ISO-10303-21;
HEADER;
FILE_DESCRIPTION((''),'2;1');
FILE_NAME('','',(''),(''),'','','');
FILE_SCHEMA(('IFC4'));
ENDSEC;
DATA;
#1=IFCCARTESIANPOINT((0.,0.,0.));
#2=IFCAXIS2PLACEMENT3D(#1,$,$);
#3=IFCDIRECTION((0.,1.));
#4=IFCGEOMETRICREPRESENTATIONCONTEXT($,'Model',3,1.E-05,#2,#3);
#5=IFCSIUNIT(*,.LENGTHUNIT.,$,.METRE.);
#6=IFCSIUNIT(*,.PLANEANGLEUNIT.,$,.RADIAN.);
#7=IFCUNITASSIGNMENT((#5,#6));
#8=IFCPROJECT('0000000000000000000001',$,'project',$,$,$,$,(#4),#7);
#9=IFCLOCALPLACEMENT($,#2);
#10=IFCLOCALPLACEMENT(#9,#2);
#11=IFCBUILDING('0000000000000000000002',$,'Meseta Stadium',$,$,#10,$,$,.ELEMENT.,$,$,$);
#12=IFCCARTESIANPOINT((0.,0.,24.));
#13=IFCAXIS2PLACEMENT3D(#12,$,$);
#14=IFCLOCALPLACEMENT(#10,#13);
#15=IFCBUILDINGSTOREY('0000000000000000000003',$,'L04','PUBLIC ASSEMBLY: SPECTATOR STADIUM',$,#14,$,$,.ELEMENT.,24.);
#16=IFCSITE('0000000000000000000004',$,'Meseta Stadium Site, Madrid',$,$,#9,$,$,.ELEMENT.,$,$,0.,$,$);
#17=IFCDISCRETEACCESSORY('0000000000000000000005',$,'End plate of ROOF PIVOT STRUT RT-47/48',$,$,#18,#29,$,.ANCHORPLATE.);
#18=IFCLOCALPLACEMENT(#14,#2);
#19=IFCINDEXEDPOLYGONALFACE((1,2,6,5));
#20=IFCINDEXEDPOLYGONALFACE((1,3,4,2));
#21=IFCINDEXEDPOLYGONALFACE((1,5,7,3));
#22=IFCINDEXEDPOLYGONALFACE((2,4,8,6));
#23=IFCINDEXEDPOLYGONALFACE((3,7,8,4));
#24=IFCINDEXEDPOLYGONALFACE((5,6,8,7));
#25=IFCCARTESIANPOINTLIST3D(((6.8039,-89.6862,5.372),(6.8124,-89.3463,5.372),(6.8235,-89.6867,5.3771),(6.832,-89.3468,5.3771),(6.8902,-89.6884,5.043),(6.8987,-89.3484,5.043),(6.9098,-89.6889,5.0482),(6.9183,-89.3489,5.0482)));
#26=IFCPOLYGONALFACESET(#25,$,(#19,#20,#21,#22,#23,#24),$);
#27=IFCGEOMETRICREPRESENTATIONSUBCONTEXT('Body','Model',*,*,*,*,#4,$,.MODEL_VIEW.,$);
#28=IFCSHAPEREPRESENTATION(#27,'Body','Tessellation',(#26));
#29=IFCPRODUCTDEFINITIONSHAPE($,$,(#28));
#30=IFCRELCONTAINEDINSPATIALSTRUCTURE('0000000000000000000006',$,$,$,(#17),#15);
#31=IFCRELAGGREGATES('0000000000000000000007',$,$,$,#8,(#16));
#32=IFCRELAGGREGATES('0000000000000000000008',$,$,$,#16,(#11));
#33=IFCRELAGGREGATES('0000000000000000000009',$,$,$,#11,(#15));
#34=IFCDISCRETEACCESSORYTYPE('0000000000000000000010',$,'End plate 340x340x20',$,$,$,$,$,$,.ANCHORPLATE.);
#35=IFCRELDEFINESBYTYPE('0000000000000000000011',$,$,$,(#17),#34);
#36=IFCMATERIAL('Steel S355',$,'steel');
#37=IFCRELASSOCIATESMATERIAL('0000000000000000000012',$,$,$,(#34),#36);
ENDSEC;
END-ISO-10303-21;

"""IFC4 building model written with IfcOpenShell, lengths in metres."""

from ifc_helpers import new_model, si_unit, direction, frame, origin, origin_2d, place, context, subcontext, project, spatial, rectangle, extrude, material, material_profile, profile_set, type_object, element, save


model = new_model("IFC4")

# Units and contexts
model_context = context("Model", 3, precision=1e-05, world=origin(), true_north=direction((0.0, 1.0)))
body_context = subcontext(model_context, "Body", "Model", "MODEL_VIEW")
ifc_project = project(units=[si_unit("LENGTHUNIT", "METRE"), si_unit("PLANEANGLEUNIT", "RADIAN")], contexts=[model_context])

# Site, building, storey
site_placement = place(None, origin())
site = spatial("IfcSite", under=ifc_project, at=site_placement, Name="Meseta Stadium Site, Madrid", CompositionType="ELEMENT", RefElevation=0.0)
building_placement = place(site_placement, origin())
building = spatial("IfcBuilding", under=site, at=building_placement, Name="Meseta Stadium", CompositionType="ELEMENT")
storey_placement = place(building_placement, frame((0.0, 0.0, 24.0)))
storey = spatial("IfcBuildingStorey", under=building, at=storey_placement, Name="L04", Description="PUBLIC ASSEMBLY: SPECTATOR STADIUM", CompositionType="ELEMENT", Elevation=24.0)

# Discrete accessory
ifc_material_1 = material(Name="Steel S355", Category="steel")
ifc_material_profile_1 = material_profile(ifc_material_1, rectangle(XDim=0.3401, YDim=0.3401, at=origin_2d()), Name="PL 340x340")
ifc_profile_set_1 = profile_set([ifc_material_profile_1], Name="Steel S355")
discrete_accessory_type_1 = type_object("IfcDiscreteAccessoryType", Name="End plate 340x340x20", PredefinedType="ANCHORPLATE", material=ifc_profile_set_1)
discrete_accessory_1_placement = place(storey_placement, frame((6.8513, -89.5173, 5.2075), z_axis=(0.966948, -0.024174, 0.253824), x_axis=(0.024992, 0.999688, 0.0)))
element("IfcDiscreteAccessory", 1, at=discrete_accessory_1_placement, inside=storey, type_object=discrete_accessory_type_1, Name="End plate of ROOF PIVOT STRUT RT-47/48", PredefinedType="ANCHORPLATE", context=body_context, shape_type="SweptSolid", body=[
    extrude(rectangle(XDim=0.3401, YDim=0.3401, at=origin_2d()), origin(), (0.0, 0.0, 1.0), 0.0203),
])

save(model, "model.ifc")
